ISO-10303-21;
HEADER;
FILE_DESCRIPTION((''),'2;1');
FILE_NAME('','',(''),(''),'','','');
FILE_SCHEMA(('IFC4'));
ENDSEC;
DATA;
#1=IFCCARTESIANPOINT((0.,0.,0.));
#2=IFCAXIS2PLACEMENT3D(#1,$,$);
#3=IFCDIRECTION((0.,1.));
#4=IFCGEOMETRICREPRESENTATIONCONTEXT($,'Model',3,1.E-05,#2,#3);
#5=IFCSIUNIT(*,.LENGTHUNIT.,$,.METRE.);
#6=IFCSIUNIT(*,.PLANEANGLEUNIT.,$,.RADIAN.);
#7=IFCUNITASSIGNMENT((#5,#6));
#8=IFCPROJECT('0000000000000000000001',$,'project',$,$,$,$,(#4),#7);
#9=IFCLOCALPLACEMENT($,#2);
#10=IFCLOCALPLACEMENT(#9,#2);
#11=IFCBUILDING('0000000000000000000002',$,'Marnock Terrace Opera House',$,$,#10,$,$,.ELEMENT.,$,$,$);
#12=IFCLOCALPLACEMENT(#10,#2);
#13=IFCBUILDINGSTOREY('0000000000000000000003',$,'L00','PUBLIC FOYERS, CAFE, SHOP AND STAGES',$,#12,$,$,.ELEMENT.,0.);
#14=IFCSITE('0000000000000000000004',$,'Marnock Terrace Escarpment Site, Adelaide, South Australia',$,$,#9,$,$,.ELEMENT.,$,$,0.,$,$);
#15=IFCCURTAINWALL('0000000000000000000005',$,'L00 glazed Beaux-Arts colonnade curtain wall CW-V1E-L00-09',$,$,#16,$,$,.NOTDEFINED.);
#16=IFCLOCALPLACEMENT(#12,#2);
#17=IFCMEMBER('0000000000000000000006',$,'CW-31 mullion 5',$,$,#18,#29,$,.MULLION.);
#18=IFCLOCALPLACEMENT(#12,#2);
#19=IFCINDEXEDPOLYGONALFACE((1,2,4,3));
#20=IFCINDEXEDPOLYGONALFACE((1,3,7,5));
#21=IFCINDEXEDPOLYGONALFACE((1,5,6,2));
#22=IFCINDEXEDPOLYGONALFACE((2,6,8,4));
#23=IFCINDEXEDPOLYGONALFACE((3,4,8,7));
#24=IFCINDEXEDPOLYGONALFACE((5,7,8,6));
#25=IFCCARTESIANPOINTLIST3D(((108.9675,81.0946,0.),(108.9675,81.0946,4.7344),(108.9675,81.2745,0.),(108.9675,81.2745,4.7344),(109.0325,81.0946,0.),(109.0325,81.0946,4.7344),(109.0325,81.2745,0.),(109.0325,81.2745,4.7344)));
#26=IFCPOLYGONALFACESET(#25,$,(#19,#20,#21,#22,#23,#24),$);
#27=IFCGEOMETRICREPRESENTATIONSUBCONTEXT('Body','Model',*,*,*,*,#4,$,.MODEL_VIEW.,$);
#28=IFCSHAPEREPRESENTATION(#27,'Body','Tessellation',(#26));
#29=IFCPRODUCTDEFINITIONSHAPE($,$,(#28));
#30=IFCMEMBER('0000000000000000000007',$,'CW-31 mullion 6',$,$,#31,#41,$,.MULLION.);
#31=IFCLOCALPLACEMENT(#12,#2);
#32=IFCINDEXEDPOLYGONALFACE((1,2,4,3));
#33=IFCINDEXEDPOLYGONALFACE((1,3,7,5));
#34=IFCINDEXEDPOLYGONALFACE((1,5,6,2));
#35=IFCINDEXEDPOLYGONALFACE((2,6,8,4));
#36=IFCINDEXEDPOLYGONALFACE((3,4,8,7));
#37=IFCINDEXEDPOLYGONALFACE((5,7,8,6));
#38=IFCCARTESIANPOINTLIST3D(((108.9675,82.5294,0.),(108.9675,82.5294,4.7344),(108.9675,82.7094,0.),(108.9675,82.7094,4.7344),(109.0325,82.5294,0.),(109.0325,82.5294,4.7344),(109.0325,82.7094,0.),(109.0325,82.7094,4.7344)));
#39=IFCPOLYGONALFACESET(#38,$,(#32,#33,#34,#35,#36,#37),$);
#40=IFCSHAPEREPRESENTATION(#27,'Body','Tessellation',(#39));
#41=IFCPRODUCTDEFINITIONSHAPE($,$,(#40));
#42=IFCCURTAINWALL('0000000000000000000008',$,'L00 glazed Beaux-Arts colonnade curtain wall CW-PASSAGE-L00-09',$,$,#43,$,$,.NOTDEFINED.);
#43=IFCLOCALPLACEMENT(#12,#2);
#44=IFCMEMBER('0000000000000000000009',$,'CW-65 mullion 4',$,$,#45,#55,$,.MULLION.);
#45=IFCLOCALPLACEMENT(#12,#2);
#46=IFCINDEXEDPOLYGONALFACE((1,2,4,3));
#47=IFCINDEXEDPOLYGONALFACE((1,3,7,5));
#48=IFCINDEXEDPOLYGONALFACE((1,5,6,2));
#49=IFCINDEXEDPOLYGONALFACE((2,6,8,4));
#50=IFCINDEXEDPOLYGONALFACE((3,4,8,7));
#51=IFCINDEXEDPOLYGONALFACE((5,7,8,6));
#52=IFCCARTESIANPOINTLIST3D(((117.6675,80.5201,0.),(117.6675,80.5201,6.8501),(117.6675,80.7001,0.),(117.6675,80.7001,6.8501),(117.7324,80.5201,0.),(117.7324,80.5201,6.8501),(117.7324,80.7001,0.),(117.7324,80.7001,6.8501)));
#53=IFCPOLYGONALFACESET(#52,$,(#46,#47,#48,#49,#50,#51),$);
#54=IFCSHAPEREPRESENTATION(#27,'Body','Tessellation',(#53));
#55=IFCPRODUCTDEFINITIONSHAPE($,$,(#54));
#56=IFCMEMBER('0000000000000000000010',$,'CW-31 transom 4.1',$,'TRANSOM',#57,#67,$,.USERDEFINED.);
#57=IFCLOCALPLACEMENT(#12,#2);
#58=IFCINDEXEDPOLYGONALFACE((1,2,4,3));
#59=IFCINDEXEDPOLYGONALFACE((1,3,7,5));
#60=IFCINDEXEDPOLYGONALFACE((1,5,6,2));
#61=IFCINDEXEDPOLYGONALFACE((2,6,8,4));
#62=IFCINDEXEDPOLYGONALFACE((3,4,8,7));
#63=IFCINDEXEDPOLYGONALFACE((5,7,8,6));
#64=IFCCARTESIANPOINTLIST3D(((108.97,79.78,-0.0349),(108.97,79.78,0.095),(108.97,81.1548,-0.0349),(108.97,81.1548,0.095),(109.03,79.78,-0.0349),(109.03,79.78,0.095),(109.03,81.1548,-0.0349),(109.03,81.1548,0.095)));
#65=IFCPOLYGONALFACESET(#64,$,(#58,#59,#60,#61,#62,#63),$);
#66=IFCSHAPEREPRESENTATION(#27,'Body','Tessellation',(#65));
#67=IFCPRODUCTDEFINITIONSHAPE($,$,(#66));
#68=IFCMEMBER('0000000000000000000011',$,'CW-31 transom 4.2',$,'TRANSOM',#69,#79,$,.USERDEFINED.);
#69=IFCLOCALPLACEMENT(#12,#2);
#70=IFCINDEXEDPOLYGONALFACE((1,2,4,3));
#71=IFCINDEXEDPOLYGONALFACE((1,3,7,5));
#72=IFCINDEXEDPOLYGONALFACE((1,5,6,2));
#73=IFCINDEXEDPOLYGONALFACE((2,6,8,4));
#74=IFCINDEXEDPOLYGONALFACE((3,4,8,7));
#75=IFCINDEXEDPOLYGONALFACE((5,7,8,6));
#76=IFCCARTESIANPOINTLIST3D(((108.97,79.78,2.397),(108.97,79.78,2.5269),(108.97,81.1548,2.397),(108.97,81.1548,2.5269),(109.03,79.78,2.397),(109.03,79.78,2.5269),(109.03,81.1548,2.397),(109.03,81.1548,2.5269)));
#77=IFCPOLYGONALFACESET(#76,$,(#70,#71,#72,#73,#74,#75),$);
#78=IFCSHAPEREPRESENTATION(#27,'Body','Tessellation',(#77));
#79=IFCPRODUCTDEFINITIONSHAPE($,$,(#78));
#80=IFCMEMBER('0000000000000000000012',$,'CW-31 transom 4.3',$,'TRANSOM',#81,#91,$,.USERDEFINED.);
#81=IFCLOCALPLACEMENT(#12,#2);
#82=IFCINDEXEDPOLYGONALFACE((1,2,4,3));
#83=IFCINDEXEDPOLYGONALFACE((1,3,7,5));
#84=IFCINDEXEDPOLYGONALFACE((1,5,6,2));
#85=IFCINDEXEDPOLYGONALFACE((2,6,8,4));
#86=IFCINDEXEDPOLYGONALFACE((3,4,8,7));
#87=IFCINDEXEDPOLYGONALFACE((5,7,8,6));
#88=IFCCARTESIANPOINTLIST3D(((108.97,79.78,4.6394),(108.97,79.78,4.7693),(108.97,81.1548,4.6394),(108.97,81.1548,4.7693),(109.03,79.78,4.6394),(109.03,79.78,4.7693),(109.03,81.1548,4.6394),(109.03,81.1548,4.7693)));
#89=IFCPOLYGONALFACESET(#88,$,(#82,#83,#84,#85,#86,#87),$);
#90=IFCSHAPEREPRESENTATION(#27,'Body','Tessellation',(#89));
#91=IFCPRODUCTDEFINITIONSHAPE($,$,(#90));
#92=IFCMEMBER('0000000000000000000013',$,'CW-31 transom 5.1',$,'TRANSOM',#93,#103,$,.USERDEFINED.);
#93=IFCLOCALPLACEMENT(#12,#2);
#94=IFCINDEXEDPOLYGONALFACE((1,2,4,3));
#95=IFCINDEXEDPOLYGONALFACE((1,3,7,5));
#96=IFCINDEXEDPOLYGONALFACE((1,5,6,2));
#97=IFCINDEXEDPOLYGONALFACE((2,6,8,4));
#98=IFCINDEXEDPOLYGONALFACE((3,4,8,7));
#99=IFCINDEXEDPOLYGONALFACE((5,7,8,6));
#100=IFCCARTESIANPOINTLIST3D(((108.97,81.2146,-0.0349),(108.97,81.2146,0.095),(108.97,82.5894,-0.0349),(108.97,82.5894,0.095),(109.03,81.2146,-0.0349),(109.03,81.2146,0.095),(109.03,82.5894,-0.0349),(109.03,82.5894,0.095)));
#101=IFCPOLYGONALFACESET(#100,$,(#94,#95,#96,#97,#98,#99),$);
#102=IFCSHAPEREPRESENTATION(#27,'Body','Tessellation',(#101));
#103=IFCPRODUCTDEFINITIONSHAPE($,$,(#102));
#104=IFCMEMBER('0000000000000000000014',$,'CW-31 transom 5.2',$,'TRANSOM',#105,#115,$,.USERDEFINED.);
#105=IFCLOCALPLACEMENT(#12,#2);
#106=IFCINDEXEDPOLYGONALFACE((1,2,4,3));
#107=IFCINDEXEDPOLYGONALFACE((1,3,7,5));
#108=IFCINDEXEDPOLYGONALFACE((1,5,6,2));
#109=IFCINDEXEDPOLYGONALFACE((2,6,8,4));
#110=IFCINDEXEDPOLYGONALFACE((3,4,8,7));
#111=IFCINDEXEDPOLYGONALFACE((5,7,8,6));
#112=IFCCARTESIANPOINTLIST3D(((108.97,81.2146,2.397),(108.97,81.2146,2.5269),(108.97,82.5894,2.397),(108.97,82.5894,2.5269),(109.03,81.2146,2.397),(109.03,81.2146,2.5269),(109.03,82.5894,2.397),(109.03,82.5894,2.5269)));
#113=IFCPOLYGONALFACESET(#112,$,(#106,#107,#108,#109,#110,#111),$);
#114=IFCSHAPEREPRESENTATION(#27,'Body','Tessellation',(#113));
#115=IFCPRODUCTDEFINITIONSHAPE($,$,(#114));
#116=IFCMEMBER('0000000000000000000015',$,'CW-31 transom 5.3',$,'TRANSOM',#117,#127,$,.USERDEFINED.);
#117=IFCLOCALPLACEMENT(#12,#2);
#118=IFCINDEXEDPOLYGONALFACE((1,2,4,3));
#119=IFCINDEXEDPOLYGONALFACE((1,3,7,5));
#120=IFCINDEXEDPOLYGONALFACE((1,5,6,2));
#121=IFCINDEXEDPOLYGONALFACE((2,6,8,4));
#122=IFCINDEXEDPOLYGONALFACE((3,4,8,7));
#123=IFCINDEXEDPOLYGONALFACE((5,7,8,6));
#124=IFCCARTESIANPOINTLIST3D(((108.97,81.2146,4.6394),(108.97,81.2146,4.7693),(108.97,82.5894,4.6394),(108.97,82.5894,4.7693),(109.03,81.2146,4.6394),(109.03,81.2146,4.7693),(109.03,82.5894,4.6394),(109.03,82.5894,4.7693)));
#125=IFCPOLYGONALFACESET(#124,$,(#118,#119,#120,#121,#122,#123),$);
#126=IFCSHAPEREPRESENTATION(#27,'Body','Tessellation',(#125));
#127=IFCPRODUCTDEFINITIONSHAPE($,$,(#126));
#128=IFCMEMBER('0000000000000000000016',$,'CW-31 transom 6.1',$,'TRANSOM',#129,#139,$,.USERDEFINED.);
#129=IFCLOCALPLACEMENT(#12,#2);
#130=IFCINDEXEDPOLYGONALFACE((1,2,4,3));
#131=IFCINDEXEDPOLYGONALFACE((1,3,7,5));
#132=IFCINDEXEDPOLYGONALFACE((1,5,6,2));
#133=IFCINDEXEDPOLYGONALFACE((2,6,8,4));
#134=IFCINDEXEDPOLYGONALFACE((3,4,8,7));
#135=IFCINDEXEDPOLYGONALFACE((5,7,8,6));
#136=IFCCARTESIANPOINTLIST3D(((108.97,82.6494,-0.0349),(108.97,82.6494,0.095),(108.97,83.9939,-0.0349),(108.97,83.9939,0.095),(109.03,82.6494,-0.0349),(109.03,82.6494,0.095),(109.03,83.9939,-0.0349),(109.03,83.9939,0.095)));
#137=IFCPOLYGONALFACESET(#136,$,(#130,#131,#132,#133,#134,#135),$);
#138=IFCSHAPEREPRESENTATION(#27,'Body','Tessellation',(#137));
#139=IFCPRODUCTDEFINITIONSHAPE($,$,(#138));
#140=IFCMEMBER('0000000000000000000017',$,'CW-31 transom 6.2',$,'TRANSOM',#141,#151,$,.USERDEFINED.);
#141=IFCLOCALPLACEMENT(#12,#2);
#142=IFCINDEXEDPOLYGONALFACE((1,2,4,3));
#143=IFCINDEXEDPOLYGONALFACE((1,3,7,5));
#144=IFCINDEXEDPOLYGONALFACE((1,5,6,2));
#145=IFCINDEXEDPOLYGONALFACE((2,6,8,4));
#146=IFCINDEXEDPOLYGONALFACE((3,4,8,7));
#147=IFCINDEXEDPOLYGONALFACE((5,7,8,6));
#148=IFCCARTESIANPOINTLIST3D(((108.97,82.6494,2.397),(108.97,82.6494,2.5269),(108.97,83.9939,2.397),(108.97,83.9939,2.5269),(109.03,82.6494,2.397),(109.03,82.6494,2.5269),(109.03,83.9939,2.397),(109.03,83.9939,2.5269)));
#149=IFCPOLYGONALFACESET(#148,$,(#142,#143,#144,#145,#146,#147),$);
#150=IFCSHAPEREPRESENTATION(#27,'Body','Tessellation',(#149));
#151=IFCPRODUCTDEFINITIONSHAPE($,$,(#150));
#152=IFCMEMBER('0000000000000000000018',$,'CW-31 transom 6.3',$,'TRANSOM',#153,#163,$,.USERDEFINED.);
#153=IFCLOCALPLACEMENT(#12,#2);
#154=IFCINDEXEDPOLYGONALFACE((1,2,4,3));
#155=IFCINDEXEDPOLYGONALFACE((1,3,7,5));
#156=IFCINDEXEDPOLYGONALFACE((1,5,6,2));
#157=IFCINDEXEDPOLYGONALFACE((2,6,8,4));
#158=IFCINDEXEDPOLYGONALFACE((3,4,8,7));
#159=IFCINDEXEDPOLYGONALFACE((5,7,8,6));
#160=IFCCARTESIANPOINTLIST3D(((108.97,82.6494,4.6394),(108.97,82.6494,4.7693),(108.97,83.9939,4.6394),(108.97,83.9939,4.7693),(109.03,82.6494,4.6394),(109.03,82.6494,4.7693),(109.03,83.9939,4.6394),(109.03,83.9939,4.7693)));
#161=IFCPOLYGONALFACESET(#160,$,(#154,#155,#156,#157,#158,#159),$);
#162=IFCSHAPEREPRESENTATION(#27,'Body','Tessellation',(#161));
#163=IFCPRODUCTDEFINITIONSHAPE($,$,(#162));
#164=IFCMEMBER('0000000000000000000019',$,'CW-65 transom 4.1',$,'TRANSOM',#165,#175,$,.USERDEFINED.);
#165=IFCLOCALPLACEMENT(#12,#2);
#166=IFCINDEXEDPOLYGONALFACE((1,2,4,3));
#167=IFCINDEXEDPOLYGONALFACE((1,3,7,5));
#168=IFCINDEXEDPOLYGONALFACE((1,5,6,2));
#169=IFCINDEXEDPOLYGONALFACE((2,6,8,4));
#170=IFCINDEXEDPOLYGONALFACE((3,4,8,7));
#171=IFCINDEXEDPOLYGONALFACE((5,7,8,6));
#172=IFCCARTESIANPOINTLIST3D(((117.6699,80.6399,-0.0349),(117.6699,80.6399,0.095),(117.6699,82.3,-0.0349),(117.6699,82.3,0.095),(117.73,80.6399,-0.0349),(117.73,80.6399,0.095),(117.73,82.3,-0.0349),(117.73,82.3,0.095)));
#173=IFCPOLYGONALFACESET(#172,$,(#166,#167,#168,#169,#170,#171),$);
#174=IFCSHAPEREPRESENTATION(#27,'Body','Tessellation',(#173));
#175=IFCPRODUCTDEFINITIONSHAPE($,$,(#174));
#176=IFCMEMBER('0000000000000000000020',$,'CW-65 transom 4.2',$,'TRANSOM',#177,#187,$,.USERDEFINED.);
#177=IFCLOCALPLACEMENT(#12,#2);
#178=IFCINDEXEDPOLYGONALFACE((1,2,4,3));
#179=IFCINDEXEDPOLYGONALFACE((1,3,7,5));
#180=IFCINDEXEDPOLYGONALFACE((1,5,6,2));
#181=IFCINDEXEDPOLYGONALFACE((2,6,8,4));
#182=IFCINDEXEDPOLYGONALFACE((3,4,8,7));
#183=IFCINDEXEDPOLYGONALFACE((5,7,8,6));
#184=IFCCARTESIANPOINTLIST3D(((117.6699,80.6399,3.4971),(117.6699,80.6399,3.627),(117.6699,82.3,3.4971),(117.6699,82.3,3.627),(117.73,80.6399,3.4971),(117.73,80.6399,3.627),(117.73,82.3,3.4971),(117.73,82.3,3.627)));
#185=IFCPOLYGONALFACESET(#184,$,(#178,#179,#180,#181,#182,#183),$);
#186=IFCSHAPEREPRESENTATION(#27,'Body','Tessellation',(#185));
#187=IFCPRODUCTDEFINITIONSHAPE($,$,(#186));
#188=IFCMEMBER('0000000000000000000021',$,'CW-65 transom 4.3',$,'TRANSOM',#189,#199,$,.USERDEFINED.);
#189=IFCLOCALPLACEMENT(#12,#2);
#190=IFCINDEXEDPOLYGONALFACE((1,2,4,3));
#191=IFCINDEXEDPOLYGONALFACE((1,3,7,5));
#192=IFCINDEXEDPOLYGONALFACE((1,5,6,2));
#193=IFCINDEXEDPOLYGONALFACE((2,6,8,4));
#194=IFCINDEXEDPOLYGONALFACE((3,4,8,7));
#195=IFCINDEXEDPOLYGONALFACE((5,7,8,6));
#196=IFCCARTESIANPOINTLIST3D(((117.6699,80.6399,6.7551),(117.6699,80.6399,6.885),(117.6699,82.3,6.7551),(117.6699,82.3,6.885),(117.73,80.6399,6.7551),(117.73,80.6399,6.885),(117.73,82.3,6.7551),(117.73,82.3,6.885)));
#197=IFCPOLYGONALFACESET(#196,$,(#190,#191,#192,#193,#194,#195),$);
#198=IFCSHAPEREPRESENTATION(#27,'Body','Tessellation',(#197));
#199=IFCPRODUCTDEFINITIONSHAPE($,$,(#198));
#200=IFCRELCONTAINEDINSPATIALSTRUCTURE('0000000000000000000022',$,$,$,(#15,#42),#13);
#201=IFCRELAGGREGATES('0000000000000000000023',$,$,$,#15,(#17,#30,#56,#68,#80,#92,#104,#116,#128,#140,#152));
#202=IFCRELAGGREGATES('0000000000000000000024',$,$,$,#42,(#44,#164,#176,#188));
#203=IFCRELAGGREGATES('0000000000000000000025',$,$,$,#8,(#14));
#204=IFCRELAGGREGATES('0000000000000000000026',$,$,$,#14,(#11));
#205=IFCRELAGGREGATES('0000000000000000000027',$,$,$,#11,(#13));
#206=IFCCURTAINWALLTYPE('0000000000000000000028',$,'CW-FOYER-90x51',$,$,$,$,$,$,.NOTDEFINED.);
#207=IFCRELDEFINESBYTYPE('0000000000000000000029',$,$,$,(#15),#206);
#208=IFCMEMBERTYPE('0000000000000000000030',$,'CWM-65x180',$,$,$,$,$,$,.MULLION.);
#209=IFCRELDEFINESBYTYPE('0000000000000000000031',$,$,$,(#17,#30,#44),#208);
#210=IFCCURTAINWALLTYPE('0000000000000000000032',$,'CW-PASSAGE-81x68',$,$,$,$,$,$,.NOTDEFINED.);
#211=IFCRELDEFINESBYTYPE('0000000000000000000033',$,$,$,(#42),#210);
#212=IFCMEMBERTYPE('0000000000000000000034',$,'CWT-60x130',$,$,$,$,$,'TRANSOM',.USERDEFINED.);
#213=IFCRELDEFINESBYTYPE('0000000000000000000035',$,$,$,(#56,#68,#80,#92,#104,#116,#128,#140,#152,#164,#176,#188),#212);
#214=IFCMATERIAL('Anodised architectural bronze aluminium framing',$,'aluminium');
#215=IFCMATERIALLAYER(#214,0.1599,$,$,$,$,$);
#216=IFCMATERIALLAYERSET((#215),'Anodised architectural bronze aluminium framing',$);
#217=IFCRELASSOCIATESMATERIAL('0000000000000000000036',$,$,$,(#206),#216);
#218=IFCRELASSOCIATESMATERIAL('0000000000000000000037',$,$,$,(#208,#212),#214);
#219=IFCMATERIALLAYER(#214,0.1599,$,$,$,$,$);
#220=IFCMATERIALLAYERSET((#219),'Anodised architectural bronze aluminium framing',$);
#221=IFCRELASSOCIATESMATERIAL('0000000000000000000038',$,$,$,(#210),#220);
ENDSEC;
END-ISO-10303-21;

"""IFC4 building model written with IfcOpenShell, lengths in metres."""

from ifc_helpers import new_model, si_unit, direction, frame, origin, origin_2d, place, context, subcontext, project, spatial, rectangle, extrude, material, layer, layer_set, material_profile, profile_set, type_object, element, aggregate, save


model = new_model("IFC4")

# Units and contexts
model_context = context("Model", 3, precision=1e-05, world=origin(), true_north=direction((0.0, 1.0)))
body_context = subcontext(model_context, "Body", "Model", "MODEL_VIEW")
ifc_project = project(units=[si_unit("LENGTHUNIT", "METRE"), si_unit("PLANEANGLEUNIT", "RADIAN")], contexts=[model_context])

# Site, building, storey
site_placement = place(None, origin())
site = spatial("IfcSite", under=ifc_project, at=site_placement, Name="Marnock Terrace Escarpment Site, Adelaide, South Australia", CompositionType="ELEMENT", RefElevation=0.0)
building_placement = place(site_placement, origin())
building = spatial("IfcBuilding", under=site, at=building_placement, Name="Marnock Terrace Opera House", CompositionType="ELEMENT")
storey_placement = place(building_placement, origin())
storey = spatial("IfcBuildingStorey", under=building, at=storey_placement, Name="L00", Description="PUBLIC FOYERS, CAFE, SHOP AND STAGES", CompositionType="ELEMENT", Elevation=0.0)

# Curtain wall, members
ifc_material_1 = material(Name="Anodised architectural bronze aluminium framing", Category="aluminium")
ifc_layer_1 = layer(ifc_material_1, 0.1599)
ifc_layer_set_1 = layer_set([ifc_layer_1], Name="Anodised architectural bronze aluminium framing")
curtain_wall_type_1 = type_object("IfcCurtainWallType", Name="CW-FOYER-90x51", PredefinedType="NOTDEFINED", material=ifc_layer_set_1)
curtain_wall_1_placement = place(storey_placement, origin())
curtain_wall_1 = element("IfcCurtainWall", 1, at=curtain_wall_1_placement, inside=storey, type_object=curtain_wall_type_1, Name="L00 glazed Beaux-Arts colonnade curtain wall CW-V1E-L00-09", PredefinedType="NOTDEFINED")
ifc_material_profile_1 = material_profile(ifc_material_1, rectangle(XDim=0.0649, YDim=0.1799, at=origin_2d()))
ifc_profile_set_1 = profile_set([ifc_material_profile_1], Name="Anodised architectural bronze aluminium framing")
member_type_1 = type_object("IfcMemberType", Name="CWM-65x180", PredefinedType="MULLION", material=ifc_profile_set_1)
member_1_placement = place(storey_placement, frame((109.0, 81.1846, 0.0), z_axis=(0.0, 0.0, 1.0), x_axis=(-1.0, 0.0, 0.0)))
member_1 = element("IfcMember", 2, at=member_1_placement, type_object=member_type_1, Name="CW-31 mullion 5", PredefinedType="MULLION", context=body_context, shape_type="SweptSolid", body=[
    extrude(rectangle(XDim=0.0649, YDim=0.1799, at=origin_2d()), origin(), (0.0, 0.0, 1.0), 4.7344),
])
member_2_placement = place(storey_placement, frame((109.0, 82.6194, 0.0), z_axis=(0.0, 0.0, 1.0), x_axis=(-1.0, 0.0, 0.0)))
member_2 = element("IfcMember", 3, at=member_2_placement, type_object=member_type_1, Name="CW-31 mullion 6", PredefinedType="MULLION", context=body_context, shape_type="SweptSolid", body=[
    extrude(rectangle(XDim=0.0649, YDim=0.1799, at=origin_2d()), origin(), (0.0, 0.0, 1.0), 4.7344),
])

# Curtain wall, member
ifc_layer_2 = layer(ifc_material_1, 0.1599)
ifc_layer_set_2 = layer_set([ifc_layer_2], Name="Anodised architectural bronze aluminium framing")
curtain_wall_type_2 = type_object("IfcCurtainWallType", Name="CW-PASSAGE-81x68", PredefinedType="NOTDEFINED", material=ifc_layer_set_2)
curtain_wall_2_placement = place(storey_placement, origin())
curtain_wall_2 = element("IfcCurtainWall", 4, at=curtain_wall_2_placement, inside=storey, type_object=curtain_wall_type_2, Name="L00 glazed Beaux-Arts colonnade curtain wall CW-PASSAGE-L00-09", PredefinedType="NOTDEFINED")
member_3_placement = place(storey_placement, frame((117.7, 80.6101, 0.0), z_axis=(0.0, 0.0, 1.0), x_axis=(-1.0, 0.0, 0.0)))
member_3 = element("IfcMember", 5, at=member_3_placement, type_object=member_type_1, Name="CW-65 mullion 4", PredefinedType="MULLION", context=body_context, shape_type="SweptSolid", body=[
    extrude(rectangle(XDim=0.0649, YDim=0.1799, at=origin_2d()), origin(), (0.0, 0.0, 1.0), 6.8501),
])

# Members
ifc_material_profile_2 = material_profile(ifc_material_1, rectangle(XDim=0.0601, YDim=0.1299, at=origin_2d()))
ifc_profile_set_2 = profile_set([ifc_material_profile_2], Name="Anodised architectural bronze aluminium framing")
member_type_2 = type_object("IfcMemberType", Name="CWT-60x130", ElementType="TRANSOM", PredefinedType="USERDEFINED", material=ifc_profile_set_2)
member_4_placement = place(storey_placement, frame((109.0, 79.78, 0.03), z_axis=(0.0, 1.0, 0.0), x_axis=(-1.0, 0.0, 0.0)))
member_4 = element("IfcMember", 6, at=member_4_placement, type_object=member_type_2, Name="CW-31 transom 4.1", ObjectType="TRANSOM", PredefinedType="USERDEFINED", context=body_context, shape_type="SweptSolid", body=[
    extrude(rectangle(XDim=0.0601, YDim=0.1299, at=origin_2d()), origin(), (0.0, 0.0, 1.0), 1.3748),
])
member_5_placement = place(storey_placement, frame((109.0, 79.78, 2.4619), z_axis=(0.0, 1.0, 0.0), x_axis=(-1.0, 0.0, 0.0)))
member_5 = element("IfcMember", 7, at=member_5_placement, type_object=member_type_2, Name="CW-31 transom 4.2", ObjectType="TRANSOM", PredefinedType="USERDEFINED", context=body_context, shape_type="SweptSolid", body=[
    extrude(rectangle(XDim=0.0601, YDim=0.1299, at=origin_2d()), origin(), (0.0, 0.0, 1.0), 1.3748),
])
member_6_placement = place(storey_placement, frame((109.0, 79.78, 4.7043), z_axis=(0.0, 1.0, 0.0), x_axis=(-1.0, 0.0, 0.0)))
member_6 = element("IfcMember", 8, at=member_6_placement, type_object=member_type_2, Name="CW-31 transom 4.3", ObjectType="TRANSOM", PredefinedType="USERDEFINED", context=body_context, shape_type="SweptSolid", body=[
    extrude(rectangle(XDim=0.0601, YDim=0.1299, at=origin_2d()), origin(), (0.0, 0.0, 1.0), 1.3748),
])
member_7_placement = place(storey_placement, frame((109.0, 81.2146, 0.03), z_axis=(0.0, 1.0, 0.0), x_axis=(-1.0, 0.0, 0.0)))
member_7 = element("IfcMember", 9, at=member_7_placement, type_object=member_type_2, Name="CW-31 transom 5.1", ObjectType="TRANSOM", PredefinedType="USERDEFINED", context=body_context, shape_type="SweptSolid", body=[
    extrude(rectangle(XDim=0.0601, YDim=0.1299, at=origin_2d()), origin(), (0.0, 0.0, 1.0), 1.3748),
])
member_8_placement = place(storey_placement, frame((109.0, 81.2146, 2.4619), z_axis=(0.0, 1.0, 0.0), x_axis=(-1.0, 0.0, 0.0)))
member_8 = element("IfcMember", 10, at=member_8_placement, type_object=member_type_2, Name="CW-31 transom 5.2", ObjectType="TRANSOM", PredefinedType="USERDEFINED", context=body_context, shape_type="SweptSolid", body=[
    extrude(rectangle(XDim=0.0601, YDim=0.1299, at=origin_2d()), origin(), (0.0, 0.0, 1.0), 1.3748),
])
member_9_placement = place(storey_placement, frame((109.0, 81.2146, 4.7043), z_axis=(0.0, 1.0, 0.0), x_axis=(-1.0, 0.0, 0.0)))
member_9 = element("IfcMember", 11, at=member_9_placement, type_object=member_type_2, Name="CW-31 transom 5.3", ObjectType="TRANSOM", PredefinedType="USERDEFINED", context=body_context, shape_type="SweptSolid", body=[
    extrude(rectangle(XDim=0.0601, YDim=0.1299, at=origin_2d()), origin(), (0.0, 0.0, 1.0), 1.3748),
])
member_10_placement = place(storey_placement, frame((109.0, 82.6494, 0.03), z_axis=(0.0, 1.0, 0.0), x_axis=(-1.0, 0.0, 0.0)))
member_10 = element("IfcMember", 12, at=member_10_placement, type_object=member_type_2, Name="CW-31 transom 6.1", ObjectType="TRANSOM", PredefinedType="USERDEFINED", context=body_context, shape_type="SweptSolid", body=[
    extrude(rectangle(XDim=0.0601, YDim=0.1299, at=origin_2d()), origin(), (0.0, 0.0, 1.0), 1.3445),
])
member_11_placement = place(storey_placement, frame((109.0, 82.6494, 2.4619), z_axis=(0.0, 1.0, 0.0), x_axis=(-1.0, 0.0, 0.0)))
member_11 = element("IfcMember", 13, at=member_11_placement, type_object=member_type_2, Name="CW-31 transom 6.2", ObjectType="TRANSOM", PredefinedType="USERDEFINED", context=body_context, shape_type="SweptSolid", body=[
    extrude(rectangle(XDim=0.0601, YDim=0.1299, at=origin_2d()), origin(), (0.0, 0.0, 1.0), 1.3445),
])
member_12_placement = place(storey_placement, frame((109.0, 82.6494, 4.7043), z_axis=(0.0, 1.0, 0.0), x_axis=(-1.0, 0.0, 0.0)))
member_12 = element("IfcMember", 14, at=member_12_placement, type_object=member_type_2, Name="CW-31 transom 6.3", ObjectType="TRANSOM", PredefinedType="USERDEFINED", context=body_context, shape_type="SweptSolid", body=[
    extrude(rectangle(XDim=0.0601, YDim=0.1299, at=origin_2d()), origin(), (0.0, 0.0, 1.0), 1.3445),
])
member_13_placement = place(storey_placement, frame((117.7, 80.6399, 0.03), z_axis=(0.0, 1.0, 0.0), x_axis=(-1.0, 0.0, 0.0)))
member_13 = element("IfcMember", 15, at=member_13_placement, type_object=member_type_2, Name="CW-65 transom 4.1", ObjectType="TRANSOM", PredefinedType="USERDEFINED", context=body_context, shape_type="SweptSolid", body=[
    extrude(rectangle(XDim=0.0601, YDim=0.1299, at=origin_2d()), origin(), (0.0, 0.0, 1.0), 1.6602),
])
member_14_placement = place(storey_placement, frame((117.7, 80.6399, 3.562), z_axis=(0.0, 1.0, 0.0), x_axis=(-1.0, 0.0, 0.0)))
member_14 = element("IfcMember", 16, at=member_14_placement, type_object=member_type_2, Name="CW-65 transom 4.2", ObjectType="TRANSOM", PredefinedType="USERDEFINED", context=body_context, shape_type="SweptSolid", body=[
    extrude(rectangle(XDim=0.0601, YDim=0.1299, at=origin_2d()), origin(), (0.0, 0.0, 1.0), 1.6602),
])
member_15_placement = place(storey_placement, frame((117.7, 80.6399, 6.8201), z_axis=(0.0, 1.0, 0.0), x_axis=(-1.0, 0.0, 0.0)))
member_15 = element("IfcMember", 17, at=member_15_placement, type_object=member_type_2, Name="CW-65 transom 4.3", ObjectType="TRANSOM", PredefinedType="USERDEFINED", context=body_context, shape_type="SweptSolid", body=[
    extrude(rectangle(XDim=0.0601, YDim=0.1299, at=origin_2d()), origin(), (0.0, 0.0, 1.0), 1.6602),
])

aggregate(curtain_wall_1, [member_1, member_2, member_4, member_5, member_6, member_7, member_8, member_9, member_10, member_11, member_12])
aggregate(curtain_wall_2, [member_3, member_13, member_14, member_15])

save(model, "model.ifc")
